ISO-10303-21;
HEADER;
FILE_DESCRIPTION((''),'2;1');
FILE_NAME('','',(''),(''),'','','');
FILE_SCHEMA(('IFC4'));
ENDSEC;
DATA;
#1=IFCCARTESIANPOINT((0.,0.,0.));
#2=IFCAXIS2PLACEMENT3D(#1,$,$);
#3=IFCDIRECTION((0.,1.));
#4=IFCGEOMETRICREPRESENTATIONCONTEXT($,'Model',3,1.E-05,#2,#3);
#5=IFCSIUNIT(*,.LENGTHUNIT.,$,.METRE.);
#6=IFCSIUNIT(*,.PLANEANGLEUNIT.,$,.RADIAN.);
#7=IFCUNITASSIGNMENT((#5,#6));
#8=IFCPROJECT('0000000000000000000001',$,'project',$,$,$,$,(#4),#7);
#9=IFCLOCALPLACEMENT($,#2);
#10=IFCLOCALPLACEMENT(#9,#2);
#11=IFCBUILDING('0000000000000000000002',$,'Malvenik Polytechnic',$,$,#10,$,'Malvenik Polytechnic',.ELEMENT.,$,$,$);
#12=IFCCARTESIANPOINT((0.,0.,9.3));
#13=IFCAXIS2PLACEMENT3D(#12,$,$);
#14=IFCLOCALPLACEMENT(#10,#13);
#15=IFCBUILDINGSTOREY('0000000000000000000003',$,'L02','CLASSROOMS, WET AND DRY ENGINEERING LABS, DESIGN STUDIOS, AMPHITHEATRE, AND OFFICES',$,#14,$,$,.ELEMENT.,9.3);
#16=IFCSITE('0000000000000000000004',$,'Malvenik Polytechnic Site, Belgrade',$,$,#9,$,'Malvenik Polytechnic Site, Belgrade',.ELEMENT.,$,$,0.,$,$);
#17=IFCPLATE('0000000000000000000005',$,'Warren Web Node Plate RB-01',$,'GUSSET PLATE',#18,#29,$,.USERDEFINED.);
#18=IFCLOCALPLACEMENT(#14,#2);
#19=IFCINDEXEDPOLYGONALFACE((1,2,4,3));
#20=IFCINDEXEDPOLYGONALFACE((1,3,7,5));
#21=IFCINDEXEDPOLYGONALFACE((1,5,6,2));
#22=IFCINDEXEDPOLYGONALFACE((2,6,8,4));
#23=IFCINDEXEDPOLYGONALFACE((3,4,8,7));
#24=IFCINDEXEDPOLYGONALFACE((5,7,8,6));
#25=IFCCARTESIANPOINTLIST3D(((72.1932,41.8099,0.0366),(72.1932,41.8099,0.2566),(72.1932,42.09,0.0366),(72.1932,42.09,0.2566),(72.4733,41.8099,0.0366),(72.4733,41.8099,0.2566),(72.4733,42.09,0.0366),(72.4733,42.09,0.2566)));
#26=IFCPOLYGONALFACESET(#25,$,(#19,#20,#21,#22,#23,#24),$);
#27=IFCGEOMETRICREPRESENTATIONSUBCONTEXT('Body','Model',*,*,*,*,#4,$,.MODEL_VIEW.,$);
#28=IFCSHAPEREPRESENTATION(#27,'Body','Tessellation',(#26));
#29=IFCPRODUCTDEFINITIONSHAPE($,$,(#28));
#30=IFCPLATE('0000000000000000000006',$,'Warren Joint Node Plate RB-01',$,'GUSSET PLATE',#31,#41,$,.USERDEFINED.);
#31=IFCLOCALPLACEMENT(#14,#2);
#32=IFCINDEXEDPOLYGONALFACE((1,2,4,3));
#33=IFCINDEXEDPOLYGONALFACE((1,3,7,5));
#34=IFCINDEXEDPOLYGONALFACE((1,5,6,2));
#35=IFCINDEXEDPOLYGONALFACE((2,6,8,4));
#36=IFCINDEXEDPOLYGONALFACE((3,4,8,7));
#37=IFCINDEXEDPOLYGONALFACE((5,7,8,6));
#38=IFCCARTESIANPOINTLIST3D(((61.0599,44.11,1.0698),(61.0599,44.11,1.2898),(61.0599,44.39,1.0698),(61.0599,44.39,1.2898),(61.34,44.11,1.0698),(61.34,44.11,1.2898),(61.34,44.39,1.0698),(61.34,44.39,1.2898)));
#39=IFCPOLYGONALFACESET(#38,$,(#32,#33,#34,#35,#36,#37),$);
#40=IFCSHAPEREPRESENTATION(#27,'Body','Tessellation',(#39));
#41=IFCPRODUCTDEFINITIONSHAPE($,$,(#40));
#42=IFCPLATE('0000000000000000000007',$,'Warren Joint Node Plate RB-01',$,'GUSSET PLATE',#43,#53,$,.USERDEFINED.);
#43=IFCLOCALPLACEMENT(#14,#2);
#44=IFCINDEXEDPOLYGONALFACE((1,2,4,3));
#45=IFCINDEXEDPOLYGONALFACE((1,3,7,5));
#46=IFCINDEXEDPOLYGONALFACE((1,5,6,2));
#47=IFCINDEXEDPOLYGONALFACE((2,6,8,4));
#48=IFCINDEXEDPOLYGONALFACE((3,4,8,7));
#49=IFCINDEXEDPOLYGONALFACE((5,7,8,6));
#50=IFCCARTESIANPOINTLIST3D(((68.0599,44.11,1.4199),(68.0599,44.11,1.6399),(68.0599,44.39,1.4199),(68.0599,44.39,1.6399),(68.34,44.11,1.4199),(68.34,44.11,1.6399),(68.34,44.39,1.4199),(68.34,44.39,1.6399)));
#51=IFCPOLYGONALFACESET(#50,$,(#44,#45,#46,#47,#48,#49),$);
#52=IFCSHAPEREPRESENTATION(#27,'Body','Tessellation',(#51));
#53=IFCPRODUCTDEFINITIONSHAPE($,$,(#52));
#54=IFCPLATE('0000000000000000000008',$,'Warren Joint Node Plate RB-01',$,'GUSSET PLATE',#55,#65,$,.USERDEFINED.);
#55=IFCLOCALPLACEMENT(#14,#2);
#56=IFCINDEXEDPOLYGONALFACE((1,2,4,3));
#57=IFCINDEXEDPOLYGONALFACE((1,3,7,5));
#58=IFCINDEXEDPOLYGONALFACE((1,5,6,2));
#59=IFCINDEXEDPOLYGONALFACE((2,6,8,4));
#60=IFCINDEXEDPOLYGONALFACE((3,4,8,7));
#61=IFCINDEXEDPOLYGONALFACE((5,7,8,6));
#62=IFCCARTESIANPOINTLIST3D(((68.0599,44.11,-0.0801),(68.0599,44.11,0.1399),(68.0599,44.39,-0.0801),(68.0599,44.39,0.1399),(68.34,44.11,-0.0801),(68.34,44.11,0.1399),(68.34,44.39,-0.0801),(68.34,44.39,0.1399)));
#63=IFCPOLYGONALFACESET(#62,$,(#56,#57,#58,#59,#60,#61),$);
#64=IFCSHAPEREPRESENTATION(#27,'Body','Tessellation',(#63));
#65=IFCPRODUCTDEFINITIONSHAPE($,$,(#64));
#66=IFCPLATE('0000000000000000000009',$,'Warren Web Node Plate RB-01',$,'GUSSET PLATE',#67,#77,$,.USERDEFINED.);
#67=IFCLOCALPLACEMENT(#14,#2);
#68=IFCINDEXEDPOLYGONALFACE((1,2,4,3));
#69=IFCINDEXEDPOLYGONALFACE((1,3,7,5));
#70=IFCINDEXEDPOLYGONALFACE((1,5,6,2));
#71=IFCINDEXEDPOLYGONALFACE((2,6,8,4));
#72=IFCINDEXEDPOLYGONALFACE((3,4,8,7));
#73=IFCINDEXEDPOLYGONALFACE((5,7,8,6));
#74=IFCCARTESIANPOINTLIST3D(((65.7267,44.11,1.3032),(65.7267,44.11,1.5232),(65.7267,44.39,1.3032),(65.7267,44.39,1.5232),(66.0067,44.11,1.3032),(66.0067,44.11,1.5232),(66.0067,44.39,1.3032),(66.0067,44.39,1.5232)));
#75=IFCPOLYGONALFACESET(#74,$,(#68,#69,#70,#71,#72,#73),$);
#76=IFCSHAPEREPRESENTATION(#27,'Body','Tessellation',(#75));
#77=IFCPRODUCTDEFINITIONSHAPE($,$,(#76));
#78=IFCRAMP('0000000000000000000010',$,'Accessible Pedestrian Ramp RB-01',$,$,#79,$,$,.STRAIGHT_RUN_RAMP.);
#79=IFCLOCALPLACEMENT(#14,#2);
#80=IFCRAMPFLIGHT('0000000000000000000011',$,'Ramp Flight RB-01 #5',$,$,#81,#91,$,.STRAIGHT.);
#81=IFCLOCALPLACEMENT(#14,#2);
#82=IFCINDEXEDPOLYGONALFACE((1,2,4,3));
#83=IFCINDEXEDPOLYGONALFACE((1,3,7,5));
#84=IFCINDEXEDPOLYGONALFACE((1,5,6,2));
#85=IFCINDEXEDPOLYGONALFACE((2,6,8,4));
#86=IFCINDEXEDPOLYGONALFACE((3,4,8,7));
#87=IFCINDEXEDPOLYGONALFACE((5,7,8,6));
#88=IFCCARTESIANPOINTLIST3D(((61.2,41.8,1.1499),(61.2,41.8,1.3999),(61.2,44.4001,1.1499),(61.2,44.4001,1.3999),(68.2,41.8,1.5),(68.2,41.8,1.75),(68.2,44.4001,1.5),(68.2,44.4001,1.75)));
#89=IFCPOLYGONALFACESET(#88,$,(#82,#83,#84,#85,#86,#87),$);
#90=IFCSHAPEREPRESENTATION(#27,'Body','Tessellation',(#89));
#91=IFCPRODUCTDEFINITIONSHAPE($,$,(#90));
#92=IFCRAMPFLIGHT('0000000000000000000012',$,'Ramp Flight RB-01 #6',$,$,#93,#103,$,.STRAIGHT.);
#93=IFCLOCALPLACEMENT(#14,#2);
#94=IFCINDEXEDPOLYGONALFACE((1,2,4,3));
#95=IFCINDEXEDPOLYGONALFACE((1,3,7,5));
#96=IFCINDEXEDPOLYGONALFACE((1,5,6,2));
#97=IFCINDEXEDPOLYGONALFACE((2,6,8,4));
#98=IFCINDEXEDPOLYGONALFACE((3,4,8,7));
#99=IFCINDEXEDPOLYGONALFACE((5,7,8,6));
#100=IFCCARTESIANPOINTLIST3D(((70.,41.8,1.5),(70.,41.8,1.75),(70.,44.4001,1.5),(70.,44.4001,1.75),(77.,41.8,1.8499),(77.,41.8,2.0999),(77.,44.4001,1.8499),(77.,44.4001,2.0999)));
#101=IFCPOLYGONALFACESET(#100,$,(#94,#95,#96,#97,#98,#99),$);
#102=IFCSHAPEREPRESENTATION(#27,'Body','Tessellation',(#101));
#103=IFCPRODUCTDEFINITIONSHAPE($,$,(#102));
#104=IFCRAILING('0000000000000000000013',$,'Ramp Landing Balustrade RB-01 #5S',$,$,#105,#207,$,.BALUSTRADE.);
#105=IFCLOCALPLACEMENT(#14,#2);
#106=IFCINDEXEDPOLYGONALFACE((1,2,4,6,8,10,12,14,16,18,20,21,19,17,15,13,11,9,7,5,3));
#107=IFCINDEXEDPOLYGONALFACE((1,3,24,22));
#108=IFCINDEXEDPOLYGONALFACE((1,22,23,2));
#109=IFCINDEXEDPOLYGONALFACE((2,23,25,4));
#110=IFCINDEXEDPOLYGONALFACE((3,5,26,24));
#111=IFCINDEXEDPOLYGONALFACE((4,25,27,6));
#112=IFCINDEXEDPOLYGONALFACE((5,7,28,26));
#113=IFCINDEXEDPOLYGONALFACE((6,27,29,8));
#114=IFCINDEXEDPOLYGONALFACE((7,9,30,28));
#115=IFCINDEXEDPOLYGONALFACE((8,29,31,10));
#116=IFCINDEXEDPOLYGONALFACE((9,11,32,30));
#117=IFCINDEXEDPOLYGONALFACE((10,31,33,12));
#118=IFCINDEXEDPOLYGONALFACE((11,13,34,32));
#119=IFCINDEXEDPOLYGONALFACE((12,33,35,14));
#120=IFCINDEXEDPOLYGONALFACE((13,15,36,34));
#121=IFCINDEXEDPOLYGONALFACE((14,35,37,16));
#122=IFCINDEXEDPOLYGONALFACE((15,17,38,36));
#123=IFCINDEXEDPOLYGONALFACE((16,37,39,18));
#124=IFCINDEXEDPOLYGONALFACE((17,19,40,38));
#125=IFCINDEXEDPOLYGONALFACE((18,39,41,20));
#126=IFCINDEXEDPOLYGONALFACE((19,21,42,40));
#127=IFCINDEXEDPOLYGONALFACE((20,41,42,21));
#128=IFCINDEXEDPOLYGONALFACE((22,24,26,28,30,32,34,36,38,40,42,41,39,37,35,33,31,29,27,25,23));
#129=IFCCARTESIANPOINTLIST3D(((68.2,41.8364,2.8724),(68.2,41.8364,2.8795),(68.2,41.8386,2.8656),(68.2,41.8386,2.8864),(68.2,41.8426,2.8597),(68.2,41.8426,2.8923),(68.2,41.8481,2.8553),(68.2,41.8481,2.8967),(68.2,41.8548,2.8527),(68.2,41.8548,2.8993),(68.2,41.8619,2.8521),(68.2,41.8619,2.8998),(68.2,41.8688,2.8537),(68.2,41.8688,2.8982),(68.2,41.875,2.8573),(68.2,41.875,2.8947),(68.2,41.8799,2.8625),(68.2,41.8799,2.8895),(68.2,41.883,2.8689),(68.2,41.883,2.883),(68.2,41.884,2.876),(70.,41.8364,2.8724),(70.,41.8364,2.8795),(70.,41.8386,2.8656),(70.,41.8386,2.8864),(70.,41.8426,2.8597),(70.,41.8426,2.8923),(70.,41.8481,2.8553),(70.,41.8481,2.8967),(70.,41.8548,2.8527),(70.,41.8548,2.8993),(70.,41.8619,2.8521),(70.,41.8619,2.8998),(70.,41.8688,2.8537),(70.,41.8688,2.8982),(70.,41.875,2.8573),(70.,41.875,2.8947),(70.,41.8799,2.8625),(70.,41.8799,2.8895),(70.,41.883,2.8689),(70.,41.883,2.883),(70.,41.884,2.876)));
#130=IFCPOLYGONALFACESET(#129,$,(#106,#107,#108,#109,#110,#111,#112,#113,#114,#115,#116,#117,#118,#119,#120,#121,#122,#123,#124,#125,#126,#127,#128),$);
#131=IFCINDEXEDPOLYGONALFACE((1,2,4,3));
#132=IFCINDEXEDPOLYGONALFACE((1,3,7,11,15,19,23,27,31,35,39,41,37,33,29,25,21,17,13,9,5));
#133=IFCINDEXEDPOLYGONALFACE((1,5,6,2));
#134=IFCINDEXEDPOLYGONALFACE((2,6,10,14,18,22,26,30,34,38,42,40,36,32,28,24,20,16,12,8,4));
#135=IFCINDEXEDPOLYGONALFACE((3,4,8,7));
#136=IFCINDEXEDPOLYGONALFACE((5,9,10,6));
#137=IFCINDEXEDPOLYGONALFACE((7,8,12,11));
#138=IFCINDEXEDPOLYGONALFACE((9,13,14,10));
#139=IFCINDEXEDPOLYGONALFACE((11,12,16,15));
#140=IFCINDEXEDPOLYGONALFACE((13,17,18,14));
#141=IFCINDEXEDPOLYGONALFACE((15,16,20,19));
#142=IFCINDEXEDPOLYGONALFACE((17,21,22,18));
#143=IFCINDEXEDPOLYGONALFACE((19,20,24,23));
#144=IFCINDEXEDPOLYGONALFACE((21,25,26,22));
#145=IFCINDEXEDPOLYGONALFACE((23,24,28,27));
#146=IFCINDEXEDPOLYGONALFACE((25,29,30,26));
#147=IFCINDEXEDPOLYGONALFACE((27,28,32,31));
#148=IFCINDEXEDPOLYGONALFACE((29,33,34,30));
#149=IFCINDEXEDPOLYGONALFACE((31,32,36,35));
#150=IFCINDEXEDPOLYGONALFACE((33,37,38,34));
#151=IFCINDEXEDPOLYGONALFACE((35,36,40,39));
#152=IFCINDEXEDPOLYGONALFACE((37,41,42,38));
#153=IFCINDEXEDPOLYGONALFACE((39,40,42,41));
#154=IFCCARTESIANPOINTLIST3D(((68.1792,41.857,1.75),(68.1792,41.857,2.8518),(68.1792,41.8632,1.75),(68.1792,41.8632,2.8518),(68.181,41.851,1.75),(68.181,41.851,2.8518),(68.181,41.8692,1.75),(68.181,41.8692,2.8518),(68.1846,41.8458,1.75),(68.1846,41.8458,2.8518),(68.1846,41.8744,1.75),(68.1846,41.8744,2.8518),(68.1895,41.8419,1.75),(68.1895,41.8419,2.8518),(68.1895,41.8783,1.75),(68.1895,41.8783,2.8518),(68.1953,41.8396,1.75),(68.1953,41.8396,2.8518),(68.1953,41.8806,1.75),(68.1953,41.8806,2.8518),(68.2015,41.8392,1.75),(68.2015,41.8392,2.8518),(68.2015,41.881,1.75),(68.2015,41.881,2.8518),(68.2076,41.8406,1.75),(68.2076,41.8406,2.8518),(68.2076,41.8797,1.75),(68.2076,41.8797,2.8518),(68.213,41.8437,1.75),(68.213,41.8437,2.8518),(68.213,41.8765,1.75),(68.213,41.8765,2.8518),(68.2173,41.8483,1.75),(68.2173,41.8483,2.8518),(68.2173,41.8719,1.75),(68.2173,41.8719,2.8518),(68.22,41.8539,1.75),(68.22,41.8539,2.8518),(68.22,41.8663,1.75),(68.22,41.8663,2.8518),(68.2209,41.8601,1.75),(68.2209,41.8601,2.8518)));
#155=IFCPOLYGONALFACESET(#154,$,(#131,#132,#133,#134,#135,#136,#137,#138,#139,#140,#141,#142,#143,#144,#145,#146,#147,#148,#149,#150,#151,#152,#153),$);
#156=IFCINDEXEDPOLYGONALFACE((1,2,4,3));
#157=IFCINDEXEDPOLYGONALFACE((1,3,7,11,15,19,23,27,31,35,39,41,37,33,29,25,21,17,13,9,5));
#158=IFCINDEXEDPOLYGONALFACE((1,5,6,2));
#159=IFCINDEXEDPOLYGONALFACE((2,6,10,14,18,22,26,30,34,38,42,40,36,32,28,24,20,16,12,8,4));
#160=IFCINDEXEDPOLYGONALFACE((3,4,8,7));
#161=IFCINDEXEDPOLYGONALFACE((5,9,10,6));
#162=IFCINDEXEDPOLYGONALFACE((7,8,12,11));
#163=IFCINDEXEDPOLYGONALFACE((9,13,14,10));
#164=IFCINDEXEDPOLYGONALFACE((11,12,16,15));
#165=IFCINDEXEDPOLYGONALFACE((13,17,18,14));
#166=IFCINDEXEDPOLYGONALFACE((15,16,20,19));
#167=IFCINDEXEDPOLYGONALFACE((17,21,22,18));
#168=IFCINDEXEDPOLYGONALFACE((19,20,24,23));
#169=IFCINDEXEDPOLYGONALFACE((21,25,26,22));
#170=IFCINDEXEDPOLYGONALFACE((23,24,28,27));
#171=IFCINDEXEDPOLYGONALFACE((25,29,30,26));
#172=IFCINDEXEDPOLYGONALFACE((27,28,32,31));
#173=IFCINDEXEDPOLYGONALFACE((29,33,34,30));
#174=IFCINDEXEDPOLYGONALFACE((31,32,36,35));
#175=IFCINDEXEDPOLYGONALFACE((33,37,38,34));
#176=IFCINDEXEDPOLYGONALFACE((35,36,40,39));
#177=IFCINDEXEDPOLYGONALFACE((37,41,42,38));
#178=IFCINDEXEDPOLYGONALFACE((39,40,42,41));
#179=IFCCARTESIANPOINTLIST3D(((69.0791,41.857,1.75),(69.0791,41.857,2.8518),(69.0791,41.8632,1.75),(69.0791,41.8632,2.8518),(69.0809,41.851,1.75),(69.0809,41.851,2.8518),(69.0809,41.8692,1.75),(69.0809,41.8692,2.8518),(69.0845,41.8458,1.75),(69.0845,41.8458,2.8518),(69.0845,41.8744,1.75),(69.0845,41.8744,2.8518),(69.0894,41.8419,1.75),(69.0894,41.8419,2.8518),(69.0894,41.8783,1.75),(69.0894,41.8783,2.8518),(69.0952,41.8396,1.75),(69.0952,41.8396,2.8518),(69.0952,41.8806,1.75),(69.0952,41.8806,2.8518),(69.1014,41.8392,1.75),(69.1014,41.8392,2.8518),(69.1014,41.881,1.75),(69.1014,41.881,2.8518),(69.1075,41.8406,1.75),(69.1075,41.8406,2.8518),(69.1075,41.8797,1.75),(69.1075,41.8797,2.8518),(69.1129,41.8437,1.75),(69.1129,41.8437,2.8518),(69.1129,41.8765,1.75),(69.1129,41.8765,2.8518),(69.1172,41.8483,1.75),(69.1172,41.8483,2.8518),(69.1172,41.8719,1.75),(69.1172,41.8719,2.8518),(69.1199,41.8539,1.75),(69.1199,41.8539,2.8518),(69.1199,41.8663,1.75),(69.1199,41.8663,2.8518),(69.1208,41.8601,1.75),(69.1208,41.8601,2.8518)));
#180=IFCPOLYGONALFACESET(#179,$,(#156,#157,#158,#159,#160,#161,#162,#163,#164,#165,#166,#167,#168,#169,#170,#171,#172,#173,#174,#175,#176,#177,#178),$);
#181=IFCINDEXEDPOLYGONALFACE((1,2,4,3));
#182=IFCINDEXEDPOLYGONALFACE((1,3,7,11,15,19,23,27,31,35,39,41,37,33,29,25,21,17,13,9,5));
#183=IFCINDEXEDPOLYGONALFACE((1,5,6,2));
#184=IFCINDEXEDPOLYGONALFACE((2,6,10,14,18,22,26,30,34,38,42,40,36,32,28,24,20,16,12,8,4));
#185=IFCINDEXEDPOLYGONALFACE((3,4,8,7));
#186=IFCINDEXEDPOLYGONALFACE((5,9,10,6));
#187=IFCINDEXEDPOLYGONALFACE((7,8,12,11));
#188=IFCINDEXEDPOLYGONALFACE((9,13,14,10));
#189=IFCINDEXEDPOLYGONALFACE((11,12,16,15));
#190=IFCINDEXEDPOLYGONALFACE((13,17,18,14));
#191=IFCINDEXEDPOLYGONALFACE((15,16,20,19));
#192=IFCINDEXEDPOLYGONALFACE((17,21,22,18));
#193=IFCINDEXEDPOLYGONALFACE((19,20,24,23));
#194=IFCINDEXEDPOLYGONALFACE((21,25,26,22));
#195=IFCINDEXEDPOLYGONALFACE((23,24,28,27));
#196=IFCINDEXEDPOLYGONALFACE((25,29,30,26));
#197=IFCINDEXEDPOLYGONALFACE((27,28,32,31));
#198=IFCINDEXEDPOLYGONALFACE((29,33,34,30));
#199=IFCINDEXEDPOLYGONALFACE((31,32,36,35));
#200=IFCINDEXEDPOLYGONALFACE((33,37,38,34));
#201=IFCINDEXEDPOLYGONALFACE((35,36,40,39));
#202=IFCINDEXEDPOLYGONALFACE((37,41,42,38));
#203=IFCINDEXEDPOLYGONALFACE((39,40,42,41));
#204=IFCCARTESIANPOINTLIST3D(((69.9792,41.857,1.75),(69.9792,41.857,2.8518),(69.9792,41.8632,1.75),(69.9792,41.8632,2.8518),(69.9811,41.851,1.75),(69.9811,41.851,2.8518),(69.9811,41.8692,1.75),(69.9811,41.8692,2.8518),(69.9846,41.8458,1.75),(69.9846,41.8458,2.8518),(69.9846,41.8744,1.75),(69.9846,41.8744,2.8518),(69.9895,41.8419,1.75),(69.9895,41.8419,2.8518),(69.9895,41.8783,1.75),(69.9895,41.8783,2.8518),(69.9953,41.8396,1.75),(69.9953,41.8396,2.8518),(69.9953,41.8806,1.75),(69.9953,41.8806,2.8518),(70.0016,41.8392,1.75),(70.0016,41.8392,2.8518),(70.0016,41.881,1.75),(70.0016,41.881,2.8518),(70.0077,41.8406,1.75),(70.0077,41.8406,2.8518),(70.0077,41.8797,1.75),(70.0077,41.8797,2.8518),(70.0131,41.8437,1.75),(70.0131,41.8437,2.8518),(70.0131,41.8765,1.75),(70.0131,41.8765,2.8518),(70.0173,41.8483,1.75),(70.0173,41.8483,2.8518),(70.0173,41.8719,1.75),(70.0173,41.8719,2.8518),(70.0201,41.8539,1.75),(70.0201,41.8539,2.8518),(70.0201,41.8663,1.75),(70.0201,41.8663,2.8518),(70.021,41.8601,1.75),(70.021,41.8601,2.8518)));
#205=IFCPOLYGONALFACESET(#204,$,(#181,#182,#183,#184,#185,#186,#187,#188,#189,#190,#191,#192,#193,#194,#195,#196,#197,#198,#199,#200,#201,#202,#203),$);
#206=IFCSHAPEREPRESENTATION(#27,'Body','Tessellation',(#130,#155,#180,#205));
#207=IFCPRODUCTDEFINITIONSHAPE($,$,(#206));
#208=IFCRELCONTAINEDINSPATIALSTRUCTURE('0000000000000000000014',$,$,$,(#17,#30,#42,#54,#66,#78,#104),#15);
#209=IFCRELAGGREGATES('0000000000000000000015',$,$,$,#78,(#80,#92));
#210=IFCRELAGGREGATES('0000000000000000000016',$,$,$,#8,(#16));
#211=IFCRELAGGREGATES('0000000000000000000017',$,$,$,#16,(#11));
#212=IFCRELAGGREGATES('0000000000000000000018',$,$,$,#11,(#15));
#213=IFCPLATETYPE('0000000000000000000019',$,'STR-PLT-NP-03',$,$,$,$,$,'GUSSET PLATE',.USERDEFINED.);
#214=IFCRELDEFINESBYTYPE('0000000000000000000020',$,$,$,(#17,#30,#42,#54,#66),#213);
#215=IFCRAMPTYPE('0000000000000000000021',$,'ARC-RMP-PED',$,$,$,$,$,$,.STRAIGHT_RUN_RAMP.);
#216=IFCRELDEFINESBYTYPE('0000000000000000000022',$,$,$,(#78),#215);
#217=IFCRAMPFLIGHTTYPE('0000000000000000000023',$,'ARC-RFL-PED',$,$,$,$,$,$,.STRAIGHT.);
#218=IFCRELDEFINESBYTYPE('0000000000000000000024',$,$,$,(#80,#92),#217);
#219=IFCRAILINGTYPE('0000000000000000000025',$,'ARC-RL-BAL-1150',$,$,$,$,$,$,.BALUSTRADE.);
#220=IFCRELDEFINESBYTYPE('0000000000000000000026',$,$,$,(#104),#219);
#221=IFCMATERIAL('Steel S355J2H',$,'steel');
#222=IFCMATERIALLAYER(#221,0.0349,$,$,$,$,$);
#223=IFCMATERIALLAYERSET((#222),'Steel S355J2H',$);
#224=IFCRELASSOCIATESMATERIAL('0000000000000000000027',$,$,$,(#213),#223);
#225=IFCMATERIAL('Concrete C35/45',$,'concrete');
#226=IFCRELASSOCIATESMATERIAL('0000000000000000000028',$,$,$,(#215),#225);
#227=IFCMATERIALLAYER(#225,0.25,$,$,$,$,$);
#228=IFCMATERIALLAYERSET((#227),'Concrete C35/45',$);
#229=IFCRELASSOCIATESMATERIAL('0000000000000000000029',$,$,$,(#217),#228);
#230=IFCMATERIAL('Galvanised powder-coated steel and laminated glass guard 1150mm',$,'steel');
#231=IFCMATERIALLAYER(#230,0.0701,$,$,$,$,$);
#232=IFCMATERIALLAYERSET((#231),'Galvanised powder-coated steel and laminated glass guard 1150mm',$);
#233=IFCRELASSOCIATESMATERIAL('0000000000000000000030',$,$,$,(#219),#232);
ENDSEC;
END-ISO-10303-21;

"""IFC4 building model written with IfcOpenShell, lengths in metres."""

from ifc_helpers import new_model, si_unit, direction, frame, origin, origin_2d, place, context, subcontext, project, spatial, polyline, rectangle, circle, outline, extrude, material, layer, layer_set, type_object, element, aggregate, save


model = new_model("IFC4")

# Units and contexts
model_context = context("Model", 3, precision=1e-05, world=origin(), true_north=direction((0.0, 1.0)))
body_context = subcontext(model_context, "Body", "Model", "MODEL_VIEW")
ifc_project = project(units=[si_unit("LENGTHUNIT", "METRE"), si_unit("PLANEANGLEUNIT", "RADIAN")], contexts=[model_context])

# Site, building, storey
site_placement = place(None, origin())
site = spatial("IfcSite", under=ifc_project, at=site_placement, Name="Malvenik Polytechnic Site, Belgrade", LongName="Malvenik Polytechnic Site, Belgrade", CompositionType="ELEMENT", RefElevation=0.0)
building_placement = place(site_placement, origin())
building = spatial("IfcBuilding", under=site, at=building_placement, Name="Malvenik Polytechnic", LongName="Malvenik Polytechnic", CompositionType="ELEMENT")
storey_placement = place(building_placement, frame((0.0, 0.0, 9.3)))
storey = spatial("IfcBuildingStorey", under=building, at=storey_placement, Name="L02", Description="CLASSROOMS, WET AND DRY ENGINEERING LABS, DESIGN STUDIOS, AMPHITHEATRE, AND OFFICES", CompositionType="ELEMENT", Elevation=9.3)

# Shared definitions
ifc_material_1 = material(Name="Steel S355J2H", Category="steel")

# Plates
ifc_layer_1 = layer(ifc_material_1, 0.0349)
ifc_layer_set_1 = layer_set([ifc_layer_1], Name="Steel S355J2H")
plate_type = type_object("IfcPlateType", Name="STR-PLT-NP-03", ElementType="GUSSET PLATE", PredefinedType="USERDEFINED", material=ifc_layer_set_1)
for number, where, z_axis, x_axis, name in (
    (1, (72.3333, 41.95, 0.0366), (0.0, 0.0, 1.0), (1.0, 0.0, 0.0), "Warren Web Node Plate RB-01"),
    (2, (61.2, 44.25, 1.0698), (0.0, 0.0, 1.0), (1.0, 0.0, 0.0), "Warren Joint Node Plate RB-01"),
    (3, (68.2, 44.25, 1.4199), (0.0, 0.0, 1.0), (1.0, 0.0, 0.0), "Warren Joint Node Plate RB-01"),
    (4, (68.2, 44.25, -0.0801), (0.0, 0.0, 1.0), (1.0, 0.0, 0.0), "Warren Joint Node Plate RB-01"),
    (5, (65.8667, 44.25, 1.3032), (0.0, 0.0, 1.0), (1.0, 0.0, 0.0), "Warren Web Node Plate RB-01"),
):
    element("IfcPlate", number, at=place(storey_placement, frame(where, z_axis=z_axis, x_axis=x_axis)), inside=storey, type_object=plate_type, Name=name, ObjectType="GUSSET PLATE", PredefinedType="USERDEFINED", context=body_context, shape_type="SweptSolid", body=[
        extrude(rectangle(XDim=0.28, YDim=0.28, at=origin_2d()), origin(), (0.0, 0.0, 1.0), 0.22),
    ])

# Ramp, ramp flights
ifc_material_2 = material(Name="Concrete C35/45", Category="concrete")
ramp_type = type_object("IfcRampType", Name="ARC-RMP-PED", PredefinedType="STRAIGHT_RUN_RAMP", material=ifc_material_2)
ramp_placement = place(storey_placement, origin())
ramp = element("IfcRamp", 6, at=ramp_placement, inside=storey, type_object=ramp_type, Name="Accessible Pedestrian Ramp RB-01", PredefinedType="STRAIGHT_RUN_RAMP")
ifc_layer_2 = layer(ifc_material_2, 0.25)
ifc_layer_set_2 = layer_set([ifc_layer_2], Name="Concrete C35/45")
ramp_flight_type = type_object("IfcRampFlightType", Name="ARC-RFL-PED", PredefinedType="STRAIGHT", material=ifc_layer_set_2)
ramp_flight_1_placement = place(storey_placement, frame((61.2, 43.1001, 1.3999), z_axis=(0.0, 0.0, 1.0), x_axis=(1.0, 0.0, 0.0)))
ramp_flight_1 = element("IfcRampFlight", 7, at=ramp_flight_1_placement, type_object=ramp_flight_type, Name="Ramp Flight RB-01 #5", PredefinedType="STRAIGHT", context=body_context, shape_type="SweptSolid", body=[
    extrude(outline(polyline([(0.0, -0.25), (7.0, 0.1001), (7.0, 0.3501), (0.0, 0.0), (0.0, -0.25)])), frame((0.0, 1.3, 0.0), z_axis=(0.0, -1.0, 0.0), x_axis=(1.0, 0.0, 0.0)), (0.0, 0.0, 1.0), 2.6001),
])
ramp_flight_2_placement = place(storey_placement, frame((70.0, 43.1001, 1.75), z_axis=(0.0, 0.0, 1.0), x_axis=(1.0, 0.0, 0.0)))
ramp_flight_2 = element("IfcRampFlight", 8, at=ramp_flight_2_placement, type_object=ramp_flight_type, Name="Ramp Flight RB-01 #6", PredefinedType="STRAIGHT", context=body_context, shape_type="SweptSolid", body=[
    extrude(outline(polyline([(0.0, -0.25), (7.0, 0.0999), (7.0, 0.3499), (0.0, 0.0), (0.0, -0.25)])), frame((0.0, 1.3, 0.0), z_axis=(0.0, -1.0, 0.0), x_axis=(1.0, 0.0, 0.0)), (0.0, 0.0, 1.0), 2.6001),
])
aggregate(ramp, [ramp_flight_1, ramp_flight_2])

# Railing
ifc_material_3 = material(Name="Galvanised powder-coated steel and laminated glass guard 1150mm", Category="steel")
ifc_layer_3 = layer(ifc_material_3, 0.0701)
ifc_layer_set_3 = layer_set([ifc_layer_3], Name="Galvanised powder-coated steel and laminated glass guard 1150mm")
railing_type_1 = type_object("IfcRailingType", Name="ARC-RL-BAL-1150", PredefinedType="BALUSTRADE", material=ifc_layer_set_3)
railing_1_placement = place(storey_placement, frame((68.2, 41.8601, 1.75)))
element("IfcRailing", 9, at=railing_1_placement, inside=storey, type_object=railing_type_1, Name="Ramp Landing Balustrade RB-01 #5S", PredefinedType="BALUSTRADE", context=body_context, shape_type="SweptSolid", body=[
    extrude(circle(Radius=0.0239, at=origin_2d()), frame((0.0, 0.0, 1.126), z_axis=(1.0, 0.0, 0.0), x_axis=(0.0, 1.0, 0.0)), (0.0, 0.0, 1.0), 1.8),
    extrude(circle(Radius=0.021, at=origin_2d()), origin(), (0.0, 0.0, 1.0), 1.1018),
    extrude(circle(Radius=0.021, at=origin_2d()), frame((0.8999, 0.0, 0.0)), (0.0, 0.0, 1.0), 1.1018),
    extrude(circle(Radius=0.021, at=origin_2d()), frame((1.8, 0.0, 0.0)), (0.0, 0.0, 1.0), 1.1018),
])

save(model, "model.ifc")
